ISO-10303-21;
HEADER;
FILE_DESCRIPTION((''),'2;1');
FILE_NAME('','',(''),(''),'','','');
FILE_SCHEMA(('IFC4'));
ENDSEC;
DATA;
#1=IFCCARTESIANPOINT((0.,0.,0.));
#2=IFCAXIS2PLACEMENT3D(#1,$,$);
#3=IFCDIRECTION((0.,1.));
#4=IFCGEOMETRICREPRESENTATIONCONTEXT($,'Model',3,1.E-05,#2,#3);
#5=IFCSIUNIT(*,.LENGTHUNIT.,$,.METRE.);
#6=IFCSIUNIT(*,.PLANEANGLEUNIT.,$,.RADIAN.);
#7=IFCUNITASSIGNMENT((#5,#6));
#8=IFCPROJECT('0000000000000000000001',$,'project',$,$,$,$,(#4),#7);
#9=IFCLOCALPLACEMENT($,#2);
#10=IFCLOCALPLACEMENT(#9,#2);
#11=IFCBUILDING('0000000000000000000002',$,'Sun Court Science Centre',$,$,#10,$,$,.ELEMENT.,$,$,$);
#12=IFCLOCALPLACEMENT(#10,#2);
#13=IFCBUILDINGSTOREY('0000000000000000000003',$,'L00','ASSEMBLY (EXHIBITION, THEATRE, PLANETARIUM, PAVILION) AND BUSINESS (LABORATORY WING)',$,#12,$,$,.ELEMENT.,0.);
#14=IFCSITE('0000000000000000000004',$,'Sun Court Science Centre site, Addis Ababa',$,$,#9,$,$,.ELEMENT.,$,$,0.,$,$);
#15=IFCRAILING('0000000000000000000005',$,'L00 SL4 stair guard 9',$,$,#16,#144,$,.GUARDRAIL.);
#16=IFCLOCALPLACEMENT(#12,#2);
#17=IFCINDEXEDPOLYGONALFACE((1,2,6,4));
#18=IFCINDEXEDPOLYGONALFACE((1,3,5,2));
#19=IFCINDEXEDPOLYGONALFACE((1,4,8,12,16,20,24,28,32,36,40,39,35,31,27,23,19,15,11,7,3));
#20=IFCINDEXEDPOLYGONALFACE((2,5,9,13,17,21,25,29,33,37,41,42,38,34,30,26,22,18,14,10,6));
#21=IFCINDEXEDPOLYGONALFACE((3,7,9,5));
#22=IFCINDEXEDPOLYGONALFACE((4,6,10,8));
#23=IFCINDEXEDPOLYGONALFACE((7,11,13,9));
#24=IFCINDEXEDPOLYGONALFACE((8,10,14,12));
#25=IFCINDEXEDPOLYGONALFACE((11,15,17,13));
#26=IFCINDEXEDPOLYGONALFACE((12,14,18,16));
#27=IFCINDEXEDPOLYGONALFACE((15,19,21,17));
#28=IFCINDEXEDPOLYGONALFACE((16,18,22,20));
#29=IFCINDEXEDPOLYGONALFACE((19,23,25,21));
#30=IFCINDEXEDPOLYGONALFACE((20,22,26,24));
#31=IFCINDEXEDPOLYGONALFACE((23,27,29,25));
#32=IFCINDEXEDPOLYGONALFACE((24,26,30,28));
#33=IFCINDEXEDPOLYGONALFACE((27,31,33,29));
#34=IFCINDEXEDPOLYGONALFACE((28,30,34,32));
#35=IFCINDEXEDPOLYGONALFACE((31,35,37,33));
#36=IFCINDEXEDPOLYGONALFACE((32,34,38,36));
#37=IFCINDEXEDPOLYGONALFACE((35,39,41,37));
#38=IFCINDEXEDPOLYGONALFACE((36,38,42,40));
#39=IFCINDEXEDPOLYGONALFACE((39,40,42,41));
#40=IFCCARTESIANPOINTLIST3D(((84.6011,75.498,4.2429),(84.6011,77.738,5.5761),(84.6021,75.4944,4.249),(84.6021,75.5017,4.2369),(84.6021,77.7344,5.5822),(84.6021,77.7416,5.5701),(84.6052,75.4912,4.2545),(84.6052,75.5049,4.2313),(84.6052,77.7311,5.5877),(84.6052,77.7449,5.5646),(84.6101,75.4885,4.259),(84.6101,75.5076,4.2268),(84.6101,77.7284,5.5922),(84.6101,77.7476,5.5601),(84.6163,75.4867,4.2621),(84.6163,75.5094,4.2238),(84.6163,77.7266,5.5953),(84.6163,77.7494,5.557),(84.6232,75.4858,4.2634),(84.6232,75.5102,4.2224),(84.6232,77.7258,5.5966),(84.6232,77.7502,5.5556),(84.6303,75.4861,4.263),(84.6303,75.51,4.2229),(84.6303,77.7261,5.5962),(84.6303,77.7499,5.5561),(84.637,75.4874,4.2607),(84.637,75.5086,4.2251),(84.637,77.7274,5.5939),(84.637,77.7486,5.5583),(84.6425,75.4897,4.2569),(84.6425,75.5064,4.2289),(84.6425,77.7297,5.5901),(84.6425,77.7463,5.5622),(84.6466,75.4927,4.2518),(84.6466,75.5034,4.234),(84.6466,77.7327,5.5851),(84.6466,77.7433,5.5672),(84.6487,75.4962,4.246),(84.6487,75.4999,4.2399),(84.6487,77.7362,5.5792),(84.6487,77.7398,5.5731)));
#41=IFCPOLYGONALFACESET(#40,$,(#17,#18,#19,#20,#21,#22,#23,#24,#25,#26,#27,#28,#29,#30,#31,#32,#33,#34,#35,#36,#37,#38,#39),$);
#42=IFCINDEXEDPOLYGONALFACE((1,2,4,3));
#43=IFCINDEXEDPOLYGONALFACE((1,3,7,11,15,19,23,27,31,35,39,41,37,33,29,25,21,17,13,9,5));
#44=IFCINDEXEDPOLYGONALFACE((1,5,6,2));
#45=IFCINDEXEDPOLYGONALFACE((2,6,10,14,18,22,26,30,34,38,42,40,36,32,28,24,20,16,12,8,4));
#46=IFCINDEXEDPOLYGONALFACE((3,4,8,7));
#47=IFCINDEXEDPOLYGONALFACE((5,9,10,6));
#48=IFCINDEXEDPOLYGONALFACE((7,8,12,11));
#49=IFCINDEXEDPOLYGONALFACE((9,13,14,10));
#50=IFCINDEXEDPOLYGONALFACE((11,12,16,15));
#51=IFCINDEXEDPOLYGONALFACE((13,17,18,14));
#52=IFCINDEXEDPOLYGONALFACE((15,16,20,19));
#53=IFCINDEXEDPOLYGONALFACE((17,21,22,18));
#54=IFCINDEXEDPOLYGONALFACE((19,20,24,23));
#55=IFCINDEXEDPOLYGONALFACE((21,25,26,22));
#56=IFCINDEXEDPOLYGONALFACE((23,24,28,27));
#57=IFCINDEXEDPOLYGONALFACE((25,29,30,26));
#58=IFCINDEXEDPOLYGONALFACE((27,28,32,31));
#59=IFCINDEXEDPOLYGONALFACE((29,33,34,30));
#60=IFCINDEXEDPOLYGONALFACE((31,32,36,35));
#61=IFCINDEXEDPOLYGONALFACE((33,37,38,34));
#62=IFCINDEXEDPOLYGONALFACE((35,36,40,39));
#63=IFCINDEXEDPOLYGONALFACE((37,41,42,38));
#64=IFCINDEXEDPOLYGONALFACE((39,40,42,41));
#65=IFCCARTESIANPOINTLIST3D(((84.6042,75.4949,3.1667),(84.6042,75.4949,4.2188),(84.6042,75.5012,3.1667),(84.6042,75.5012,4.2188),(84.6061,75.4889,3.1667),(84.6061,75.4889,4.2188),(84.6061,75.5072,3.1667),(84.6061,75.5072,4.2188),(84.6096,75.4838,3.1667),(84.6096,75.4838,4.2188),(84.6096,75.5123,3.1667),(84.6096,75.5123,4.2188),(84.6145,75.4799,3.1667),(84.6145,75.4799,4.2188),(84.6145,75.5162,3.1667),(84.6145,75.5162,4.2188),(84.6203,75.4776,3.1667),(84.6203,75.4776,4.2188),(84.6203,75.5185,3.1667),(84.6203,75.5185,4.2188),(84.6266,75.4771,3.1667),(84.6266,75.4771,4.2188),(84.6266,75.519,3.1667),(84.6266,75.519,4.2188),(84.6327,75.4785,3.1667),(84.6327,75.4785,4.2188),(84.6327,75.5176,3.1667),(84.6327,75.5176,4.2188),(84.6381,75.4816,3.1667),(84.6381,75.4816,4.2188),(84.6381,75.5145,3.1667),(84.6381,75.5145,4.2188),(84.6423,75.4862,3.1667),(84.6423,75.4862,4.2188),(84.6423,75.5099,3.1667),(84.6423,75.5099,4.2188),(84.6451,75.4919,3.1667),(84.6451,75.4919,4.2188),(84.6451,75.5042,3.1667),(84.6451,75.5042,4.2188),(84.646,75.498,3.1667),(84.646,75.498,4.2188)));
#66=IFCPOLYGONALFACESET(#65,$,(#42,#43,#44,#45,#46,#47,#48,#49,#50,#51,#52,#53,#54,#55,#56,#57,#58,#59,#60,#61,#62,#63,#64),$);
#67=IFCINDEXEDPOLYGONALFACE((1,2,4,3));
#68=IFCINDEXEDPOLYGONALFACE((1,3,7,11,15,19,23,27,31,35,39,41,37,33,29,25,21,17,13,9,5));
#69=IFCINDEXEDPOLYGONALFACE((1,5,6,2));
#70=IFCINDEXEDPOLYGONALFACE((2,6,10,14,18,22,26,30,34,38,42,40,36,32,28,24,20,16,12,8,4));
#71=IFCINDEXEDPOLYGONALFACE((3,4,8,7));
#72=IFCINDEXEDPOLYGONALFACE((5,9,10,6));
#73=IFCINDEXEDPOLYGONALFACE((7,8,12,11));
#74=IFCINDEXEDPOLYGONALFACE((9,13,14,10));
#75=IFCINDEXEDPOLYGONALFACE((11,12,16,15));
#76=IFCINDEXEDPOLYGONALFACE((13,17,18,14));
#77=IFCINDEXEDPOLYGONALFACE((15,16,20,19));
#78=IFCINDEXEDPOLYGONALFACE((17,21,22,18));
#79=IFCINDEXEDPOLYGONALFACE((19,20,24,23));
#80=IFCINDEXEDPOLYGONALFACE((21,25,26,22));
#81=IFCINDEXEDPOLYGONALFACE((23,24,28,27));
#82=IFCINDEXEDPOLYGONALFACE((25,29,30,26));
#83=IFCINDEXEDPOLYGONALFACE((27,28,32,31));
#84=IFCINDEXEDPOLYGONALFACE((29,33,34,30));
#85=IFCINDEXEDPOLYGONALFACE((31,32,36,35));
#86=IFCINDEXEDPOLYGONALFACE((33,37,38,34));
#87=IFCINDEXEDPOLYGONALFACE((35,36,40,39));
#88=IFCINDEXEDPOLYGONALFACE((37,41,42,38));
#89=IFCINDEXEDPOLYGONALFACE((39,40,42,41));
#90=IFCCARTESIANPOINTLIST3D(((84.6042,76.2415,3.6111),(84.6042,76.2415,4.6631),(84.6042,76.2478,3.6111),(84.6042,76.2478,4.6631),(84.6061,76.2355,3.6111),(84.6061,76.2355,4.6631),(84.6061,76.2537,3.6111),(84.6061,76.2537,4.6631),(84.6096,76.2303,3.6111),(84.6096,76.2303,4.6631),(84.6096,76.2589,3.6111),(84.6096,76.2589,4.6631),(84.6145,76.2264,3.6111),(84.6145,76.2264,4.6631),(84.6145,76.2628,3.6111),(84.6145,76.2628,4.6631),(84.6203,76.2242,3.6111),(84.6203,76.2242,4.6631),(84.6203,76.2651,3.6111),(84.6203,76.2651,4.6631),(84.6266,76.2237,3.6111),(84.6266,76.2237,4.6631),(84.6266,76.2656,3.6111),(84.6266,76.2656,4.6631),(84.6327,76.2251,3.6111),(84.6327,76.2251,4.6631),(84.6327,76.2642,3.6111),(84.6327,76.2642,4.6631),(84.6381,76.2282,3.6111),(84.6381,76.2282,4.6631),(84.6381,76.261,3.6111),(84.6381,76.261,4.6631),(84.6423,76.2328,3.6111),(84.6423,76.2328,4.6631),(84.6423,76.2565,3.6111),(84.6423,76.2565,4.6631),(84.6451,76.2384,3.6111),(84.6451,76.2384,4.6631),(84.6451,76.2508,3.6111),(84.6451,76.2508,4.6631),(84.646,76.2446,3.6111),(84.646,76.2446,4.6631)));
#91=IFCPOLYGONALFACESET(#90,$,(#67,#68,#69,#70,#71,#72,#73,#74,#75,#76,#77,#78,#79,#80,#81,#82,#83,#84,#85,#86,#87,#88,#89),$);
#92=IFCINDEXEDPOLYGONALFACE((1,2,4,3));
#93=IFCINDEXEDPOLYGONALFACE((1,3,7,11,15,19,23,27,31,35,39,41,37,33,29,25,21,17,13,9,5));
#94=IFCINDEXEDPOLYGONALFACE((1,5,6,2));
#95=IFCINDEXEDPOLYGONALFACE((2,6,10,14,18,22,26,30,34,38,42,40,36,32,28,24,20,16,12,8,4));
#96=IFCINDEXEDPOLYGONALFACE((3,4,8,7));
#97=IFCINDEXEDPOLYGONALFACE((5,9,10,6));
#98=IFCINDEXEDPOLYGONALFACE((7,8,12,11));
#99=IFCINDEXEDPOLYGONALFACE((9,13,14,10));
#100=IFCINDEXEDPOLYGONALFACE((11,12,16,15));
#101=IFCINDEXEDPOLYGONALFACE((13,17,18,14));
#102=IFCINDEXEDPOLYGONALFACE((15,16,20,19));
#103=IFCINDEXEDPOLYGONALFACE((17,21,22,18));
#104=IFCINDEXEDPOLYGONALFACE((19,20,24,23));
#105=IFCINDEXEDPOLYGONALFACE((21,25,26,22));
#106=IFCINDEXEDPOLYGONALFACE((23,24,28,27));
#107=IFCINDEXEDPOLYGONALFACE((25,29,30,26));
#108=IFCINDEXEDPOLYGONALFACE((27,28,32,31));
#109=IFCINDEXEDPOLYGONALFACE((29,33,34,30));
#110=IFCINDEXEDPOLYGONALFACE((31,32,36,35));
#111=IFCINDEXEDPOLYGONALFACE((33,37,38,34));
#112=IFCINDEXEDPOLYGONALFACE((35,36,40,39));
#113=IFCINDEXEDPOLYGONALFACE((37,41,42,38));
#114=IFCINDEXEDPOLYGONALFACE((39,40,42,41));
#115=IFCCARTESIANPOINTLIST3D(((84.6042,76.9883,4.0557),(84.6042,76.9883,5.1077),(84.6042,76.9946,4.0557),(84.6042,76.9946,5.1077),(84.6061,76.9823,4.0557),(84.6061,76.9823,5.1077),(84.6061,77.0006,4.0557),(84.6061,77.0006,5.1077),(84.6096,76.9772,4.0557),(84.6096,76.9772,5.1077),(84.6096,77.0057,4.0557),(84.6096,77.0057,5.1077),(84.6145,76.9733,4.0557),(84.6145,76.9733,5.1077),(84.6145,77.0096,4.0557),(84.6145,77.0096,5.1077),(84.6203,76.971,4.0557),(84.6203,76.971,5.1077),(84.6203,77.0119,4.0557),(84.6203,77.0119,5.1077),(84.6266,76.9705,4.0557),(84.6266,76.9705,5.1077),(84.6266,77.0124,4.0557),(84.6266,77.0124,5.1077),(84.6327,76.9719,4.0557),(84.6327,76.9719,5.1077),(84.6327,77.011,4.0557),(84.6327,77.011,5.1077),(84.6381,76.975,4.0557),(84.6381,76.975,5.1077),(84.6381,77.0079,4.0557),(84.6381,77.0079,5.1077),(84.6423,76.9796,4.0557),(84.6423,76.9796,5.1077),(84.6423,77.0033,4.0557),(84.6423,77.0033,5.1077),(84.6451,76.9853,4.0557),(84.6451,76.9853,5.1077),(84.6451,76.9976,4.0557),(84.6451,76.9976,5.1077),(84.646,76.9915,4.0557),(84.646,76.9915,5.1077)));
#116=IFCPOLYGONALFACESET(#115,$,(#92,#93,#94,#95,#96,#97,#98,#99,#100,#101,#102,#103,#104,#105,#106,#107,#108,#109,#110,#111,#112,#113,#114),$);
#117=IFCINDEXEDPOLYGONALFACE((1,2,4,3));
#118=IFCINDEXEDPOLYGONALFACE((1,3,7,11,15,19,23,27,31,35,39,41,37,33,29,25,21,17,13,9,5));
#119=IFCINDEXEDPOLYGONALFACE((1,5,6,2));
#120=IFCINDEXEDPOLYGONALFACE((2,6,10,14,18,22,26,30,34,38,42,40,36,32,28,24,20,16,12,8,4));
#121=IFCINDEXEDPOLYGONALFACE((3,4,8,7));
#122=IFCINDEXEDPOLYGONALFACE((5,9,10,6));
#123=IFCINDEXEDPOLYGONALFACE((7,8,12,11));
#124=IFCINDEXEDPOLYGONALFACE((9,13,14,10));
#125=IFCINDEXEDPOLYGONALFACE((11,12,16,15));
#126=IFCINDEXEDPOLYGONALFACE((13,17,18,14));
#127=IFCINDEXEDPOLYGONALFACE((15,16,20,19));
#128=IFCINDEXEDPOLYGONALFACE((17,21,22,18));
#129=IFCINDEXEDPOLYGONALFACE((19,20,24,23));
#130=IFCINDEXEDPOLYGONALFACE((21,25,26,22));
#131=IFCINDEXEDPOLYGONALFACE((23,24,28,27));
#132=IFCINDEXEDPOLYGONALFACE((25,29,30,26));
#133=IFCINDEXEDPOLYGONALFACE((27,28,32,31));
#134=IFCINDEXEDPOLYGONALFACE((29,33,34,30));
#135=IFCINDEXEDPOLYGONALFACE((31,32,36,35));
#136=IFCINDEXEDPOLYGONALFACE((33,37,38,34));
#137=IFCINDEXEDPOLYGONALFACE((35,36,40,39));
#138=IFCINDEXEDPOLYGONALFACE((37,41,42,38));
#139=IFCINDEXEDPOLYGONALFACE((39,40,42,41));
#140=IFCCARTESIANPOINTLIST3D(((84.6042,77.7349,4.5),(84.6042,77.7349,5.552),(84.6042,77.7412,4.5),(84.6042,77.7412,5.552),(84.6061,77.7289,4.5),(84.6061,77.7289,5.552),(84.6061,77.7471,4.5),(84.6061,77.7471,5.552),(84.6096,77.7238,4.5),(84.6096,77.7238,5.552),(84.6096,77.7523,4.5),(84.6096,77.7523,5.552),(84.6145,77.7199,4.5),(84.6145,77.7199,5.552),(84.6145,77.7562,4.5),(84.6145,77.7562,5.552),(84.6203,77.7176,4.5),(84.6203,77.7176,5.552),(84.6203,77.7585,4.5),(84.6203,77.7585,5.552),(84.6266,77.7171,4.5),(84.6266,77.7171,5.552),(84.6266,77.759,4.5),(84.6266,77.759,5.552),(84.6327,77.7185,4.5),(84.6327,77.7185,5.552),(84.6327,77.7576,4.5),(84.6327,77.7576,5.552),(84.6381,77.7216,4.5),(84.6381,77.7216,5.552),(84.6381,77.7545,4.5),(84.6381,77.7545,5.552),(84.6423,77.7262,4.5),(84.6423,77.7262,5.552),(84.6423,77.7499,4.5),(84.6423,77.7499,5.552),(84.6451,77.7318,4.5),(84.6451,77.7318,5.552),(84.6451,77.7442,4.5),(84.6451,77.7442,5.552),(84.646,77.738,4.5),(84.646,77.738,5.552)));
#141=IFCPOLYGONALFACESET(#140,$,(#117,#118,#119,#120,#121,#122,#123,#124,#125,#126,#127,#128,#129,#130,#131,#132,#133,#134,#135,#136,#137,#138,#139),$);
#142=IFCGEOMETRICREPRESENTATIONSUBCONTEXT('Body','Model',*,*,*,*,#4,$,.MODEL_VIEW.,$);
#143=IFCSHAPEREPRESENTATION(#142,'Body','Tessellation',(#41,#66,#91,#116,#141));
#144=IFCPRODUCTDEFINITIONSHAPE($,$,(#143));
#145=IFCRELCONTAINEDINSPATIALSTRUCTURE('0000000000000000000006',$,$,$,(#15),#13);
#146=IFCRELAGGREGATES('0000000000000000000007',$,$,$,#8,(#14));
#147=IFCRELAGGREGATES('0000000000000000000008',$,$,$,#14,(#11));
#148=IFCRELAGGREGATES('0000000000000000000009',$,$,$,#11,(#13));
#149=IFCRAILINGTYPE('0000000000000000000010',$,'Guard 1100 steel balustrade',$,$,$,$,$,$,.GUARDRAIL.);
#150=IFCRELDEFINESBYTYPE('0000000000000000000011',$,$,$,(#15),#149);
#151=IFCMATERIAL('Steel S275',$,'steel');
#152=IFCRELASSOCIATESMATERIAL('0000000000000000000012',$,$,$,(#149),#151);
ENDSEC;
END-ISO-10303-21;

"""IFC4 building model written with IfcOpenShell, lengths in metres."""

from ifc_helpers import new_model, si_unit, direction, frame, origin, origin_2d, place, context, subcontext, project, spatial, circle, extrude, material, type_object, element, save


model = new_model("IFC4")

# Units and contexts
model_context = context("Model", 3, precision=1e-05, world=origin(), true_north=direction((0.0, 1.0)))
body_context = subcontext(model_context, "Body", "Model", "MODEL_VIEW")
ifc_project = project(units=[si_unit("LENGTHUNIT", "METRE"), si_unit("PLANEANGLEUNIT", "RADIAN")], contexts=[model_context])

# Site, building, storey
site_placement = place(None, origin())
site = spatial("IfcSite", under=ifc_project, at=site_placement, Name="Sun Court Science Centre site, Addis Ababa", CompositionType="ELEMENT", RefElevation=0.0)
building_placement = place(site_placement, origin())
building = spatial("IfcBuilding", under=site, at=building_placement, Name="Sun Court Science Centre", CompositionType="ELEMENT")
storey_placement = place(building_placement, origin())
storey = spatial("IfcBuildingStorey", under=building, at=storey_placement, Name="L00", Description="ASSEMBLY (EXHIBITION, THEATRE, PLANETARIUM, PAVILION) AND BUSINESS (LABORATORY WING)", CompositionType="ELEMENT", Elevation=0.0)

# Railing
ifc_material_1 = material(Name="Steel S275", Category="steel")
railing_type_1 = type_object("IfcRailingType", Name="Guard 1100 steel balustrade", PredefinedType="GUARDRAIL", material=ifc_material_1)
railing_1_placement = place(storey_placement, frame((84.625, 75.498, 3.1667)))
element("IfcRailing", 1, at=railing_1_placement, inside=storey, type_object=railing_type_1, Name="L00 SL4 stair guard 9", PredefinedType="GUARDRAIL", context=body_context, shape_type="SweptSolid", body=[
    extrude(circle(Radius=0.0239, at=origin_2d()), frame((0.0, 0.0, 1.0762), z_axis=(0.0, 0.859306, 0.511462), x_axis=(-1.0, 0.0, 0.0)), (0.0, 0.0, 1.0), 2.6067),
    extrude(circle(Radius=0.021, at=origin_2d()), origin(), (0.0, 0.0, 1.0), 1.052),
    extrude(circle(Radius=0.021, at=origin_2d()), frame((0.0, 0.7466, 0.4443)), (0.0, 0.0, 1.0), 1.052),
    extrude(circle(Radius=0.021, at=origin_2d()), frame((0.0, 1.4934, 0.8889)), (0.0, 0.0, 1.0), 1.052),
    extrude(circle(Radius=0.021, at=origin_2d()), frame((0.0, 2.24, 1.3333)), (0.0, 0.0, 1.0), 1.052),
])

save(model, "model.ifc")
